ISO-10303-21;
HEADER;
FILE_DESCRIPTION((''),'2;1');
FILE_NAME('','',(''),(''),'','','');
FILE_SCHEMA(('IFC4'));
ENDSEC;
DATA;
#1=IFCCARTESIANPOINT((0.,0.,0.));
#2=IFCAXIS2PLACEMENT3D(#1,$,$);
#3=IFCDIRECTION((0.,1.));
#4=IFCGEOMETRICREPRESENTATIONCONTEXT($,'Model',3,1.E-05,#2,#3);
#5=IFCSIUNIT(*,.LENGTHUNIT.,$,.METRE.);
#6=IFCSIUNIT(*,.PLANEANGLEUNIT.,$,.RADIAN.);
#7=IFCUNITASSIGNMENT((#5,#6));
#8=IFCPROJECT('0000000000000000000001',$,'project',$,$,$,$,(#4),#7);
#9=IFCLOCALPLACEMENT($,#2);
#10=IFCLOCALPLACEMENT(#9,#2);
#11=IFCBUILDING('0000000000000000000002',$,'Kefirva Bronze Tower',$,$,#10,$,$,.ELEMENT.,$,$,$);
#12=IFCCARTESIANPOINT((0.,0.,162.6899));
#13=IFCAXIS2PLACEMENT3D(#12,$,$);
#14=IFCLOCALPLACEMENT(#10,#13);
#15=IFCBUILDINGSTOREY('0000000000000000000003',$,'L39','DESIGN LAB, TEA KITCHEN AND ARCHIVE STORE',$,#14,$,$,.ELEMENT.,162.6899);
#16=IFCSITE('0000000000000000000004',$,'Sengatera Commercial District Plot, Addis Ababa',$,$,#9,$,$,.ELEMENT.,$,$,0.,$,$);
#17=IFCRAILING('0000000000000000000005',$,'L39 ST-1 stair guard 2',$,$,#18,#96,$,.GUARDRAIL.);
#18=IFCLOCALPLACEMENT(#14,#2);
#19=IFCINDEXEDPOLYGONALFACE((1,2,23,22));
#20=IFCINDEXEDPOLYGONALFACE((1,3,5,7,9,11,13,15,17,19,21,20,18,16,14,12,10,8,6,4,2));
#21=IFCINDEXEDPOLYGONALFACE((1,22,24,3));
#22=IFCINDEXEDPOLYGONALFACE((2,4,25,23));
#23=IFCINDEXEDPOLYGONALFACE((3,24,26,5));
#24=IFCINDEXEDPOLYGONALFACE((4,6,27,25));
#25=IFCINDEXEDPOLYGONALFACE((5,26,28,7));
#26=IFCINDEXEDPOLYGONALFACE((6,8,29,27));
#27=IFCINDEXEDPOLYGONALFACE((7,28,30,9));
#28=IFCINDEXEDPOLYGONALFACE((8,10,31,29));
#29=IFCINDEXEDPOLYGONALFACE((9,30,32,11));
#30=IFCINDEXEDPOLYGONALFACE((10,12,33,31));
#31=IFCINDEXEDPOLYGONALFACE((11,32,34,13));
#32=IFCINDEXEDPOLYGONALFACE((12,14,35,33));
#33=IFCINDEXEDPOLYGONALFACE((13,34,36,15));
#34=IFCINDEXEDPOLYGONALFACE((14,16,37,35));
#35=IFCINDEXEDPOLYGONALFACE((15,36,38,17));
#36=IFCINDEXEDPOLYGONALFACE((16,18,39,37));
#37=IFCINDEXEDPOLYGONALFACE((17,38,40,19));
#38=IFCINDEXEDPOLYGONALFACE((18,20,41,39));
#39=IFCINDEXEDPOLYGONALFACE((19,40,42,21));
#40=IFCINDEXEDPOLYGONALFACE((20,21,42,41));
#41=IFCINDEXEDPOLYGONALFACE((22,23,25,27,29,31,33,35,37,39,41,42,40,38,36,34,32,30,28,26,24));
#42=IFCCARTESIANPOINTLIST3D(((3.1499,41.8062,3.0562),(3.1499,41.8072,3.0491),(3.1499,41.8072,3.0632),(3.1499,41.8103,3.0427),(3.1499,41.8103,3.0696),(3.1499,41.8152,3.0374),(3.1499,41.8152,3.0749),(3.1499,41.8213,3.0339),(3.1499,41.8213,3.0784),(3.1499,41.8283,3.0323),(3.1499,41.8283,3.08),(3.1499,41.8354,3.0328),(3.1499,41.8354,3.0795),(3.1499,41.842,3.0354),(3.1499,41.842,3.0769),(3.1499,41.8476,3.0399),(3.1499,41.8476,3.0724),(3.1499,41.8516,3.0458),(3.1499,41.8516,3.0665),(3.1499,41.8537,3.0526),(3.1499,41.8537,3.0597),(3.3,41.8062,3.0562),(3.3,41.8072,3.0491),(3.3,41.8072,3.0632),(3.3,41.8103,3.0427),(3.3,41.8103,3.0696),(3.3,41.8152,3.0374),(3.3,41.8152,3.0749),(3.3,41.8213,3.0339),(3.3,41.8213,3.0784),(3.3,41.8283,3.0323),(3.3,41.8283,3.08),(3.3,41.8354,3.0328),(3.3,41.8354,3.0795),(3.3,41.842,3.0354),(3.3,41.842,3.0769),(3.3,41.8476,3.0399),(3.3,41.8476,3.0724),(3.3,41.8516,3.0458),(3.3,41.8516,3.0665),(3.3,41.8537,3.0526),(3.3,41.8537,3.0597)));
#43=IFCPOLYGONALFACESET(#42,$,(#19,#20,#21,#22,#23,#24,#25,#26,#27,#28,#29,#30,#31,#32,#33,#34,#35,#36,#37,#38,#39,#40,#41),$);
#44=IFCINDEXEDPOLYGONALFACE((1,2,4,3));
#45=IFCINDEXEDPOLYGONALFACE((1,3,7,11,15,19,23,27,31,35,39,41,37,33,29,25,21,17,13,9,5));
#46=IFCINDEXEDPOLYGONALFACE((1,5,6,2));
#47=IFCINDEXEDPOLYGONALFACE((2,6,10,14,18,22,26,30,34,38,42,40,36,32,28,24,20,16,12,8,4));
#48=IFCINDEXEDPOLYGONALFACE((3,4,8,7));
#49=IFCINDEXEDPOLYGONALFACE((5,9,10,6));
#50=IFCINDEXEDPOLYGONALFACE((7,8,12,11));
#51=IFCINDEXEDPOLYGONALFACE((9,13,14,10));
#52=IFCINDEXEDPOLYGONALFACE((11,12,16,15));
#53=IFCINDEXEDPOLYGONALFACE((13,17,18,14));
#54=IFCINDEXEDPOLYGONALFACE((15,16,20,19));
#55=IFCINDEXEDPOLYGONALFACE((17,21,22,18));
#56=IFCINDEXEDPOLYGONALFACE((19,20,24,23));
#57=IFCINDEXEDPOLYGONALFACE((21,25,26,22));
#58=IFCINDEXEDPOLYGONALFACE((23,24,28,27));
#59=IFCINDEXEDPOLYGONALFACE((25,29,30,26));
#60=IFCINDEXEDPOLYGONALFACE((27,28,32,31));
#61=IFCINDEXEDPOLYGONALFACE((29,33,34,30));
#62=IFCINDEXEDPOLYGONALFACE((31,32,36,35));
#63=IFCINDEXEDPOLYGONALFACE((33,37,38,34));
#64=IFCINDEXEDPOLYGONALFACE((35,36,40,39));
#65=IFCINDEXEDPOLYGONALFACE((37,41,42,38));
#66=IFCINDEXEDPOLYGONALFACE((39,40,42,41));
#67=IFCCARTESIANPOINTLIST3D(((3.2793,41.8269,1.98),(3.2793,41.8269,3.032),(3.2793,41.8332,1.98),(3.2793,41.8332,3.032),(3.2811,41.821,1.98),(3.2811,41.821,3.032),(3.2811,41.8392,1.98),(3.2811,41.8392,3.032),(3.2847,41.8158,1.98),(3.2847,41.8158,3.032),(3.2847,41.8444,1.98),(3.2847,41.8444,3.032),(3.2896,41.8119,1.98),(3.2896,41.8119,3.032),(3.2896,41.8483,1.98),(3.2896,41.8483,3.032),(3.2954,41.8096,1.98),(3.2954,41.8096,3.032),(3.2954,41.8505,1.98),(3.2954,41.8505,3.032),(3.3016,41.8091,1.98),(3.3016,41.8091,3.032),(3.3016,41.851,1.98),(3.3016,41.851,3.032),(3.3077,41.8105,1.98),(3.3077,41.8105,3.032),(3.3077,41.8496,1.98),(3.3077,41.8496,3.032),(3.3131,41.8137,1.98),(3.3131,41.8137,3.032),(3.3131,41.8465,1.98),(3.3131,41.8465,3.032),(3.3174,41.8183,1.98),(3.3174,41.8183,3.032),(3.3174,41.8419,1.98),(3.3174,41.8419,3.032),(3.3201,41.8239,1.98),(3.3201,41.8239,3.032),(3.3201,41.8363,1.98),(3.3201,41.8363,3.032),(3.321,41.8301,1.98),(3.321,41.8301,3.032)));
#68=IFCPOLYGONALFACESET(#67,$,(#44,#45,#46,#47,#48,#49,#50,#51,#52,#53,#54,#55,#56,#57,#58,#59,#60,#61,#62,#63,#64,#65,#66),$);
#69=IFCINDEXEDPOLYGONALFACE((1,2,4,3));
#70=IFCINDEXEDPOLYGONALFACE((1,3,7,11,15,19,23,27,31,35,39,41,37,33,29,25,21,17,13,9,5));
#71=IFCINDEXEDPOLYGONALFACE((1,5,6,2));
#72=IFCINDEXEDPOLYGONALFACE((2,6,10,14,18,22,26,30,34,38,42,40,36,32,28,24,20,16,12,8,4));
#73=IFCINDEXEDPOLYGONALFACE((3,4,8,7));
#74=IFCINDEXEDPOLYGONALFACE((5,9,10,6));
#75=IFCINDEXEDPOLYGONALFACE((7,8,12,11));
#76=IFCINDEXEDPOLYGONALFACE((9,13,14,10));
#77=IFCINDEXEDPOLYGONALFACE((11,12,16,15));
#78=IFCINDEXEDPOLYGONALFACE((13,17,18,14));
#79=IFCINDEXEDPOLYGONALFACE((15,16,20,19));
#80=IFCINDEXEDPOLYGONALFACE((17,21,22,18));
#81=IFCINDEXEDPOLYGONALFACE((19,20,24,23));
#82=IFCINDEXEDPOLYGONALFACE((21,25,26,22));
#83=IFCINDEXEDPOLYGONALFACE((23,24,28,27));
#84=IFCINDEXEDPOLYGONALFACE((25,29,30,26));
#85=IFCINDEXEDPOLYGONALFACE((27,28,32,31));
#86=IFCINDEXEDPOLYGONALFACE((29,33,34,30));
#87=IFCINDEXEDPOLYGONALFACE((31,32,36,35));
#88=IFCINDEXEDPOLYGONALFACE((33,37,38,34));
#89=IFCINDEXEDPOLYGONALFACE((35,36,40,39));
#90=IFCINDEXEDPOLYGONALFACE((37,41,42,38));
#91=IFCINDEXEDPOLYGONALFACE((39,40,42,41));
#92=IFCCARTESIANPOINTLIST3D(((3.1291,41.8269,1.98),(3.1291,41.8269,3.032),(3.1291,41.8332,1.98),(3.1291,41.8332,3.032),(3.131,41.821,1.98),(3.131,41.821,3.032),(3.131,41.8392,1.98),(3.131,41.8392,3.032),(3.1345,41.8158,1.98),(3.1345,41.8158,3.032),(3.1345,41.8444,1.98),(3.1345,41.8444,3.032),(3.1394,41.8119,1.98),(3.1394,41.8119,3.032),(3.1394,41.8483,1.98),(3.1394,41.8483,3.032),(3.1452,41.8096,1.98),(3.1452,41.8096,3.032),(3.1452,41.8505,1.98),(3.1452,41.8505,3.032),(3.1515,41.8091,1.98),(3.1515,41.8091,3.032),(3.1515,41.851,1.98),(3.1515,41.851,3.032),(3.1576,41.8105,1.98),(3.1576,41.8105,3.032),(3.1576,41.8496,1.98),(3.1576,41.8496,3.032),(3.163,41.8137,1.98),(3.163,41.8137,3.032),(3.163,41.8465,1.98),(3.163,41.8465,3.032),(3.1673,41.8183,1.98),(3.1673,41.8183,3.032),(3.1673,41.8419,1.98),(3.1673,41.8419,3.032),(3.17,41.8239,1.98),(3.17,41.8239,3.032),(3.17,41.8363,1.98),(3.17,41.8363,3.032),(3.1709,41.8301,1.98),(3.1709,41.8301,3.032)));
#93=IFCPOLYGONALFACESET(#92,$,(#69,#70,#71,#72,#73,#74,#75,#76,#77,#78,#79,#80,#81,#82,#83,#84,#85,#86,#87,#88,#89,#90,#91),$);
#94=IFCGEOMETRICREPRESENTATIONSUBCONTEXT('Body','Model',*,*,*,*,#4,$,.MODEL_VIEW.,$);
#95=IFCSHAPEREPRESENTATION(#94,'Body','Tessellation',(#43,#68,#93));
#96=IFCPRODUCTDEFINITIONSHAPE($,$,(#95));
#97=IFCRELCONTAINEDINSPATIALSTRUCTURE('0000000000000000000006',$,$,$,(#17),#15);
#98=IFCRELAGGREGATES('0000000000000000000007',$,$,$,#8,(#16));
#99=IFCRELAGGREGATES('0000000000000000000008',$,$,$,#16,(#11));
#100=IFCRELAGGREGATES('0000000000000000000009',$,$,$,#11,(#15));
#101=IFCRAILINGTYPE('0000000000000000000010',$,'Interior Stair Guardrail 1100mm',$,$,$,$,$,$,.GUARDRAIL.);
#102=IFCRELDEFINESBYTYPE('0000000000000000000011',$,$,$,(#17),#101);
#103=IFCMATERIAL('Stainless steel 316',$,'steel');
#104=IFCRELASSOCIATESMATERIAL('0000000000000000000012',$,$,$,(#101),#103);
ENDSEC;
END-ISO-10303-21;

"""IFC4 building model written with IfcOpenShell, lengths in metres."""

from ifc_helpers import new_model, si_unit, direction, frame, origin, origin_2d, place, context, subcontext, project, spatial, circle, extrude, material, type_object, element, save


model = new_model("IFC4")

# Units and contexts
model_context = context("Model", 3, precision=1e-05, world=origin(), true_north=direction((0.0, 1.0)))
body_context = subcontext(model_context, "Body", "Model", "MODEL_VIEW")
ifc_project = project(units=[si_unit("LENGTHUNIT", "METRE"), si_unit("PLANEANGLEUNIT", "RADIAN")], contexts=[model_context])

# Site, building, storey
site_placement = place(None, origin())
site = spatial("IfcSite", under=ifc_project, at=site_placement, Name="Sengatera Commercial District Plot, Addis Ababa", CompositionType="ELEMENT", RefElevation=0.0)
building_placement = place(site_placement, origin())
building = spatial("IfcBuilding", under=site, at=building_placement, Name="Kefirva Bronze Tower", CompositionType="ELEMENT")
storey_placement = place(building_placement, frame((0.0, 0.0, 162.6899)))
storey = spatial("IfcBuildingStorey", under=building, at=storey_placement, Name="L39", Description="DESIGN LAB, TEA KITCHEN AND ARCHIVE STORE", CompositionType="ELEMENT", Elevation=162.6899)

# Railing
ifc_material_1 = material(Name="Stainless steel 316", Category="steel")
railing_type_1 = type_object("IfcRailingType", Name="Interior Stair Guardrail 1100mm", PredefinedType="GUARDRAIL", material=ifc_material_1)
railing_1_placement = place(storey_placement, frame((3.3, 41.8301, 1.98)))
element("IfcRailing", 1, at=railing_1_placement, inside=storey, type_object=railing_type_1, Name="L39 ST-1 stair guard 2", PredefinedType="GUARDRAIL", context=body_context, shape_type="SweptSolid", body=[
    extrude(circle(Radius=0.0239, at=origin_2d()), frame((0.0, 0.0, 1.0762), z_axis=(-1.0, 0.0, 0.0), x_axis=(0.0, -1.0, 0.0)), (0.0, 0.0, 1.0), 0.1501),
    extrude(circle(Radius=0.021, at=origin_2d()), origin(), (0.0, 0.0, 1.0), 1.052),
    extrude(circle(Radius=0.021, at=origin_2d()), frame((-0.1501, 0.0, 0.0)), (0.0, 0.0, 1.0), 1.052),
])

save(model, "model.ifc")
